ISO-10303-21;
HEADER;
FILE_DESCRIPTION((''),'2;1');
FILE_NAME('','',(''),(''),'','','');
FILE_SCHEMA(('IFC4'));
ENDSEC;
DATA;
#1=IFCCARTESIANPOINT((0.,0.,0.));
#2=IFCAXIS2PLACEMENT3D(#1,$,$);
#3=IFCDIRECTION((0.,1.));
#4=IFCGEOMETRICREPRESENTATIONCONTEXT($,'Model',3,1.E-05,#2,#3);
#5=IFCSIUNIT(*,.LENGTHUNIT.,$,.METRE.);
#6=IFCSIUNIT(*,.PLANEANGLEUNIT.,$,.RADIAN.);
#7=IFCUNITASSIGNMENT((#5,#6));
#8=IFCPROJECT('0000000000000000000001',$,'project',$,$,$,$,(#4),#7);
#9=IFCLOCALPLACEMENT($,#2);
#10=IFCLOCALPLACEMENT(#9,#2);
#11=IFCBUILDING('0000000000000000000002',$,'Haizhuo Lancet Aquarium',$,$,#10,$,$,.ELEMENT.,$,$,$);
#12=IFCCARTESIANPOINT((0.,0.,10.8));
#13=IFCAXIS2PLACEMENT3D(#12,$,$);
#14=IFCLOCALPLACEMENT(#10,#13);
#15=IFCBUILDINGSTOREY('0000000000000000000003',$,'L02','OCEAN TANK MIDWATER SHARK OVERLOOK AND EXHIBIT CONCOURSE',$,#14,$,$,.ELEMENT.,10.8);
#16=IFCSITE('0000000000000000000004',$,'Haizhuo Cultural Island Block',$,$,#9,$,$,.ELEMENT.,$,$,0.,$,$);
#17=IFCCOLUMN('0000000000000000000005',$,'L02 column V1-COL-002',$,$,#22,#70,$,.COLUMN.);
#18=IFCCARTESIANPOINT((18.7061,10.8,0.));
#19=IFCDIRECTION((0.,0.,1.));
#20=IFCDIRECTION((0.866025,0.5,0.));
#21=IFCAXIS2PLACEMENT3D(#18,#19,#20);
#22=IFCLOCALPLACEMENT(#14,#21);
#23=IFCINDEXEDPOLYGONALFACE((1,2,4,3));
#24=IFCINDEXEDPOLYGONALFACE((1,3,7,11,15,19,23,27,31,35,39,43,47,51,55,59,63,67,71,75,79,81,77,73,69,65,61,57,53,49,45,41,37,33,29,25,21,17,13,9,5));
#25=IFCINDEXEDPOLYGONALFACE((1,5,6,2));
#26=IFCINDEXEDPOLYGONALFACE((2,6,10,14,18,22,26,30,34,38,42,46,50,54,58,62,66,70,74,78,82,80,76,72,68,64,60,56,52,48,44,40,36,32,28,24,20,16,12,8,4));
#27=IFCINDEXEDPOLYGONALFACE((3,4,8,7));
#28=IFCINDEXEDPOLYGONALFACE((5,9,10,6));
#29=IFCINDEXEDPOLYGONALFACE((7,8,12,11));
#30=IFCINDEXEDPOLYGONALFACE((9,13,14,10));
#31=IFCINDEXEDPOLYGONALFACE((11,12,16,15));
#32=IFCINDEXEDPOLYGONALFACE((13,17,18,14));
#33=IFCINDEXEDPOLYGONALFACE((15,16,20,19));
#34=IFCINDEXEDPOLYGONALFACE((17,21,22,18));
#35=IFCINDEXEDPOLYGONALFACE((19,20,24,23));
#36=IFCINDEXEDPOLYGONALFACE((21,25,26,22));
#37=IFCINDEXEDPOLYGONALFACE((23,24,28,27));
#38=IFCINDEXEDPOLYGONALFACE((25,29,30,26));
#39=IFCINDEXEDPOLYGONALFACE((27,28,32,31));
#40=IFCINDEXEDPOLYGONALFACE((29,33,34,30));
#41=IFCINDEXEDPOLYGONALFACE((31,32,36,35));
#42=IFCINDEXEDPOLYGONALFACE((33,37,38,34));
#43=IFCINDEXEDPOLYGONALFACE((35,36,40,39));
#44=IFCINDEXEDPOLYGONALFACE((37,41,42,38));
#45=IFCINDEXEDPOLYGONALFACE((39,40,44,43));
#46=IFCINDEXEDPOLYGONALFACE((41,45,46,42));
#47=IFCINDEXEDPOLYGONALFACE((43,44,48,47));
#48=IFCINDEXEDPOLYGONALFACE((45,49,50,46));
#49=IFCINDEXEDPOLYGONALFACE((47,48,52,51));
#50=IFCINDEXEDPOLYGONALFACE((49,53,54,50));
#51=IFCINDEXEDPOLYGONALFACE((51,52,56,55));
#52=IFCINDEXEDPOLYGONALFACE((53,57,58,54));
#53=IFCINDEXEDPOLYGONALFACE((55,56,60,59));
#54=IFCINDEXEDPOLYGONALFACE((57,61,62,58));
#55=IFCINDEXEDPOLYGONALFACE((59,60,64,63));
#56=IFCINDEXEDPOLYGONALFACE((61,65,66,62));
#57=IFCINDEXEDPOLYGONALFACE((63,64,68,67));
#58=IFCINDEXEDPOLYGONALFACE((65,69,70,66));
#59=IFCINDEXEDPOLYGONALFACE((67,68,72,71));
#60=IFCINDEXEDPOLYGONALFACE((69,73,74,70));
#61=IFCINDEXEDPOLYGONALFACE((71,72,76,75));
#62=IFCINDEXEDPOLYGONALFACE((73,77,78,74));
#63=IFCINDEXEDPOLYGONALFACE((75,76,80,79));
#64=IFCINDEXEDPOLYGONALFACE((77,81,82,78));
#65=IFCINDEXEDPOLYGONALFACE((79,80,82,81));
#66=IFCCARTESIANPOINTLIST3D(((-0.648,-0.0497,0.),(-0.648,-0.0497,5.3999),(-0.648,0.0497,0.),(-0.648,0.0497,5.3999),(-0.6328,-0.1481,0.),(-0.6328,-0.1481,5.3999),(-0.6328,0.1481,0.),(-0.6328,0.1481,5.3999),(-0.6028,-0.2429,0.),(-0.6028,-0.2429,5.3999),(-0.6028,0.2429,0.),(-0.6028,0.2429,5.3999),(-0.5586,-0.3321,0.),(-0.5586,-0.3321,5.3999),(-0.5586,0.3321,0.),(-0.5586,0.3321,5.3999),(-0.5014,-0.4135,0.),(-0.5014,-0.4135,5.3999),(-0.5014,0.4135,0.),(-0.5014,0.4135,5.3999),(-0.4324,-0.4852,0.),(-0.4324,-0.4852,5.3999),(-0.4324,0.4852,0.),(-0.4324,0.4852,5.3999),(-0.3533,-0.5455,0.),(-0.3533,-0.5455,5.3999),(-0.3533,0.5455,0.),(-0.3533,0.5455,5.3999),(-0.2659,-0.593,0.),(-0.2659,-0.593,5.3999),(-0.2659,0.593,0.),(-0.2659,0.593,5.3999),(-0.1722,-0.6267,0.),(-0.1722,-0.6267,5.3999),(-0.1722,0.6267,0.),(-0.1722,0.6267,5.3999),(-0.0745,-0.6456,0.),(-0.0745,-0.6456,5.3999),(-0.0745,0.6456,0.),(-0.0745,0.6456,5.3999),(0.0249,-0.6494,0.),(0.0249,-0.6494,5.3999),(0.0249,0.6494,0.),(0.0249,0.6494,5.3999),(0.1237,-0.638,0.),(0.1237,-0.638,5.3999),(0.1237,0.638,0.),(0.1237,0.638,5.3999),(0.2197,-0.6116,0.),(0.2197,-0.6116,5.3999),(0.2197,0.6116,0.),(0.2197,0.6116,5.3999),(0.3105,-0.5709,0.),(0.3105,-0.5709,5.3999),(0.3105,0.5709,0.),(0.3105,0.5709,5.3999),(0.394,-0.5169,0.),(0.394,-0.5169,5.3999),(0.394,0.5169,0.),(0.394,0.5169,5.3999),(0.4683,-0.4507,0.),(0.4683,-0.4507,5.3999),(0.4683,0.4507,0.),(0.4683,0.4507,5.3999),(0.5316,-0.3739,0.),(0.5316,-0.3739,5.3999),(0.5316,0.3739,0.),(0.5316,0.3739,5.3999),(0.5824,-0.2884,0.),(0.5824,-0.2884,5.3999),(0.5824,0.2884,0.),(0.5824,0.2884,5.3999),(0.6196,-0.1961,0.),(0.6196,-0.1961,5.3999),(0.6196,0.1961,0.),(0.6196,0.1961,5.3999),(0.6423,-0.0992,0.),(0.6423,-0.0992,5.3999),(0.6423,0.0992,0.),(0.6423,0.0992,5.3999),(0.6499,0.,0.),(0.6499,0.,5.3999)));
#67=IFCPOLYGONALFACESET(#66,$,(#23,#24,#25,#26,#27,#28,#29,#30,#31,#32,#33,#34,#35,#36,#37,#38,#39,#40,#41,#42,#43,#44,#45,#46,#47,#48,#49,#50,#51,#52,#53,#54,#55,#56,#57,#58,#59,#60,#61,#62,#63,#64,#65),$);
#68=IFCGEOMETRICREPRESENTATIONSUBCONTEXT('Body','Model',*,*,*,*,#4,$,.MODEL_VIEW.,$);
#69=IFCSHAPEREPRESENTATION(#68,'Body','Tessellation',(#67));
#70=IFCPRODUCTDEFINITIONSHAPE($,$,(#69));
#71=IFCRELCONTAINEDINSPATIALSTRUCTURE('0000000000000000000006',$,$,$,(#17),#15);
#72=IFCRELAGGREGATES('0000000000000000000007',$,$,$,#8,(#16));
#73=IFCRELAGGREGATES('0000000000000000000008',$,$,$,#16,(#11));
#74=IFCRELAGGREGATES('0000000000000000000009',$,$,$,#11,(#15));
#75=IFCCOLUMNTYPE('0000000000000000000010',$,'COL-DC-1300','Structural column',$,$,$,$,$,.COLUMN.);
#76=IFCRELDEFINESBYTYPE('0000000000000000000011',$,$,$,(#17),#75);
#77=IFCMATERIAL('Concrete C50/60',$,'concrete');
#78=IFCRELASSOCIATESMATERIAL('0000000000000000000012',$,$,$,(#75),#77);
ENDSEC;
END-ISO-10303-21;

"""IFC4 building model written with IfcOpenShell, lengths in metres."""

from ifc_helpers import new_model, si_unit, direction, frame, origin, origin_2d, place, context, subcontext, project, spatial, circle, extrude, material, material_profile, profile_set, type_object, element, save


model = new_model("IFC4")

# Units and contexts
model_context = context("Model", 3, precision=1e-05, world=origin(), true_north=direction((0.0, 1.0)))
body_context = subcontext(model_context, "Body", "Model", "MODEL_VIEW")
ifc_project = project(units=[si_unit("LENGTHUNIT", "METRE"), si_unit("PLANEANGLEUNIT", "RADIAN")], contexts=[model_context])

# Site, building, storey
site_placement = place(None, origin())
site = spatial("IfcSite", under=ifc_project, at=site_placement, Name="Haizhuo Cultural Island Block", CompositionType="ELEMENT", RefElevation=0.0)
building_placement = place(site_placement, origin())
building = spatial("IfcBuilding", under=site, at=building_placement, Name="Haizhuo Lancet Aquarium", CompositionType="ELEMENT")
storey_placement = place(building_placement, frame((0.0, 0.0, 10.8)))
storey = spatial("IfcBuildingStorey", under=building, at=storey_placement, Name="L02", Description="OCEAN TANK MIDWATER SHARK OVERLOOK AND EXHIBIT CONCOURSE", CompositionType="ELEMENT", Elevation=10.8)

# Column
ifc_material_1 = material(Name="Concrete C50/60", Category="concrete")
ifc_material_profile_1 = material_profile(ifc_material_1, circle(Radius=0.6499, at=origin_2d()), Name="RC-DC 1300")
ifc_profile_set_1 = profile_set([ifc_material_profile_1], Name="Concrete C50/60")
column_type = type_object("IfcColumnType", Name="COL-DC-1300", Description="Structural column", PredefinedType="COLUMN", material=ifc_profile_set_1)
column_placement = place(storey_placement, frame((18.7061, 10.8, 0.0), z_axis=(0.0, 0.0, 1.0), x_axis=(0.866025, 0.5, 0.0)))
element("IfcColumn", 1, at=column_placement, inside=storey, type_object=column_type, Name="L02 column V1-COL-002", PredefinedType="COLUMN", context=body_context, shape_type="SweptSolid", body=[
    extrude(circle(Radius=0.6499, at=origin_2d()), origin(), (0.0, 0.0, 1.0), 5.3999),
])

save(model, "model.ifc")
